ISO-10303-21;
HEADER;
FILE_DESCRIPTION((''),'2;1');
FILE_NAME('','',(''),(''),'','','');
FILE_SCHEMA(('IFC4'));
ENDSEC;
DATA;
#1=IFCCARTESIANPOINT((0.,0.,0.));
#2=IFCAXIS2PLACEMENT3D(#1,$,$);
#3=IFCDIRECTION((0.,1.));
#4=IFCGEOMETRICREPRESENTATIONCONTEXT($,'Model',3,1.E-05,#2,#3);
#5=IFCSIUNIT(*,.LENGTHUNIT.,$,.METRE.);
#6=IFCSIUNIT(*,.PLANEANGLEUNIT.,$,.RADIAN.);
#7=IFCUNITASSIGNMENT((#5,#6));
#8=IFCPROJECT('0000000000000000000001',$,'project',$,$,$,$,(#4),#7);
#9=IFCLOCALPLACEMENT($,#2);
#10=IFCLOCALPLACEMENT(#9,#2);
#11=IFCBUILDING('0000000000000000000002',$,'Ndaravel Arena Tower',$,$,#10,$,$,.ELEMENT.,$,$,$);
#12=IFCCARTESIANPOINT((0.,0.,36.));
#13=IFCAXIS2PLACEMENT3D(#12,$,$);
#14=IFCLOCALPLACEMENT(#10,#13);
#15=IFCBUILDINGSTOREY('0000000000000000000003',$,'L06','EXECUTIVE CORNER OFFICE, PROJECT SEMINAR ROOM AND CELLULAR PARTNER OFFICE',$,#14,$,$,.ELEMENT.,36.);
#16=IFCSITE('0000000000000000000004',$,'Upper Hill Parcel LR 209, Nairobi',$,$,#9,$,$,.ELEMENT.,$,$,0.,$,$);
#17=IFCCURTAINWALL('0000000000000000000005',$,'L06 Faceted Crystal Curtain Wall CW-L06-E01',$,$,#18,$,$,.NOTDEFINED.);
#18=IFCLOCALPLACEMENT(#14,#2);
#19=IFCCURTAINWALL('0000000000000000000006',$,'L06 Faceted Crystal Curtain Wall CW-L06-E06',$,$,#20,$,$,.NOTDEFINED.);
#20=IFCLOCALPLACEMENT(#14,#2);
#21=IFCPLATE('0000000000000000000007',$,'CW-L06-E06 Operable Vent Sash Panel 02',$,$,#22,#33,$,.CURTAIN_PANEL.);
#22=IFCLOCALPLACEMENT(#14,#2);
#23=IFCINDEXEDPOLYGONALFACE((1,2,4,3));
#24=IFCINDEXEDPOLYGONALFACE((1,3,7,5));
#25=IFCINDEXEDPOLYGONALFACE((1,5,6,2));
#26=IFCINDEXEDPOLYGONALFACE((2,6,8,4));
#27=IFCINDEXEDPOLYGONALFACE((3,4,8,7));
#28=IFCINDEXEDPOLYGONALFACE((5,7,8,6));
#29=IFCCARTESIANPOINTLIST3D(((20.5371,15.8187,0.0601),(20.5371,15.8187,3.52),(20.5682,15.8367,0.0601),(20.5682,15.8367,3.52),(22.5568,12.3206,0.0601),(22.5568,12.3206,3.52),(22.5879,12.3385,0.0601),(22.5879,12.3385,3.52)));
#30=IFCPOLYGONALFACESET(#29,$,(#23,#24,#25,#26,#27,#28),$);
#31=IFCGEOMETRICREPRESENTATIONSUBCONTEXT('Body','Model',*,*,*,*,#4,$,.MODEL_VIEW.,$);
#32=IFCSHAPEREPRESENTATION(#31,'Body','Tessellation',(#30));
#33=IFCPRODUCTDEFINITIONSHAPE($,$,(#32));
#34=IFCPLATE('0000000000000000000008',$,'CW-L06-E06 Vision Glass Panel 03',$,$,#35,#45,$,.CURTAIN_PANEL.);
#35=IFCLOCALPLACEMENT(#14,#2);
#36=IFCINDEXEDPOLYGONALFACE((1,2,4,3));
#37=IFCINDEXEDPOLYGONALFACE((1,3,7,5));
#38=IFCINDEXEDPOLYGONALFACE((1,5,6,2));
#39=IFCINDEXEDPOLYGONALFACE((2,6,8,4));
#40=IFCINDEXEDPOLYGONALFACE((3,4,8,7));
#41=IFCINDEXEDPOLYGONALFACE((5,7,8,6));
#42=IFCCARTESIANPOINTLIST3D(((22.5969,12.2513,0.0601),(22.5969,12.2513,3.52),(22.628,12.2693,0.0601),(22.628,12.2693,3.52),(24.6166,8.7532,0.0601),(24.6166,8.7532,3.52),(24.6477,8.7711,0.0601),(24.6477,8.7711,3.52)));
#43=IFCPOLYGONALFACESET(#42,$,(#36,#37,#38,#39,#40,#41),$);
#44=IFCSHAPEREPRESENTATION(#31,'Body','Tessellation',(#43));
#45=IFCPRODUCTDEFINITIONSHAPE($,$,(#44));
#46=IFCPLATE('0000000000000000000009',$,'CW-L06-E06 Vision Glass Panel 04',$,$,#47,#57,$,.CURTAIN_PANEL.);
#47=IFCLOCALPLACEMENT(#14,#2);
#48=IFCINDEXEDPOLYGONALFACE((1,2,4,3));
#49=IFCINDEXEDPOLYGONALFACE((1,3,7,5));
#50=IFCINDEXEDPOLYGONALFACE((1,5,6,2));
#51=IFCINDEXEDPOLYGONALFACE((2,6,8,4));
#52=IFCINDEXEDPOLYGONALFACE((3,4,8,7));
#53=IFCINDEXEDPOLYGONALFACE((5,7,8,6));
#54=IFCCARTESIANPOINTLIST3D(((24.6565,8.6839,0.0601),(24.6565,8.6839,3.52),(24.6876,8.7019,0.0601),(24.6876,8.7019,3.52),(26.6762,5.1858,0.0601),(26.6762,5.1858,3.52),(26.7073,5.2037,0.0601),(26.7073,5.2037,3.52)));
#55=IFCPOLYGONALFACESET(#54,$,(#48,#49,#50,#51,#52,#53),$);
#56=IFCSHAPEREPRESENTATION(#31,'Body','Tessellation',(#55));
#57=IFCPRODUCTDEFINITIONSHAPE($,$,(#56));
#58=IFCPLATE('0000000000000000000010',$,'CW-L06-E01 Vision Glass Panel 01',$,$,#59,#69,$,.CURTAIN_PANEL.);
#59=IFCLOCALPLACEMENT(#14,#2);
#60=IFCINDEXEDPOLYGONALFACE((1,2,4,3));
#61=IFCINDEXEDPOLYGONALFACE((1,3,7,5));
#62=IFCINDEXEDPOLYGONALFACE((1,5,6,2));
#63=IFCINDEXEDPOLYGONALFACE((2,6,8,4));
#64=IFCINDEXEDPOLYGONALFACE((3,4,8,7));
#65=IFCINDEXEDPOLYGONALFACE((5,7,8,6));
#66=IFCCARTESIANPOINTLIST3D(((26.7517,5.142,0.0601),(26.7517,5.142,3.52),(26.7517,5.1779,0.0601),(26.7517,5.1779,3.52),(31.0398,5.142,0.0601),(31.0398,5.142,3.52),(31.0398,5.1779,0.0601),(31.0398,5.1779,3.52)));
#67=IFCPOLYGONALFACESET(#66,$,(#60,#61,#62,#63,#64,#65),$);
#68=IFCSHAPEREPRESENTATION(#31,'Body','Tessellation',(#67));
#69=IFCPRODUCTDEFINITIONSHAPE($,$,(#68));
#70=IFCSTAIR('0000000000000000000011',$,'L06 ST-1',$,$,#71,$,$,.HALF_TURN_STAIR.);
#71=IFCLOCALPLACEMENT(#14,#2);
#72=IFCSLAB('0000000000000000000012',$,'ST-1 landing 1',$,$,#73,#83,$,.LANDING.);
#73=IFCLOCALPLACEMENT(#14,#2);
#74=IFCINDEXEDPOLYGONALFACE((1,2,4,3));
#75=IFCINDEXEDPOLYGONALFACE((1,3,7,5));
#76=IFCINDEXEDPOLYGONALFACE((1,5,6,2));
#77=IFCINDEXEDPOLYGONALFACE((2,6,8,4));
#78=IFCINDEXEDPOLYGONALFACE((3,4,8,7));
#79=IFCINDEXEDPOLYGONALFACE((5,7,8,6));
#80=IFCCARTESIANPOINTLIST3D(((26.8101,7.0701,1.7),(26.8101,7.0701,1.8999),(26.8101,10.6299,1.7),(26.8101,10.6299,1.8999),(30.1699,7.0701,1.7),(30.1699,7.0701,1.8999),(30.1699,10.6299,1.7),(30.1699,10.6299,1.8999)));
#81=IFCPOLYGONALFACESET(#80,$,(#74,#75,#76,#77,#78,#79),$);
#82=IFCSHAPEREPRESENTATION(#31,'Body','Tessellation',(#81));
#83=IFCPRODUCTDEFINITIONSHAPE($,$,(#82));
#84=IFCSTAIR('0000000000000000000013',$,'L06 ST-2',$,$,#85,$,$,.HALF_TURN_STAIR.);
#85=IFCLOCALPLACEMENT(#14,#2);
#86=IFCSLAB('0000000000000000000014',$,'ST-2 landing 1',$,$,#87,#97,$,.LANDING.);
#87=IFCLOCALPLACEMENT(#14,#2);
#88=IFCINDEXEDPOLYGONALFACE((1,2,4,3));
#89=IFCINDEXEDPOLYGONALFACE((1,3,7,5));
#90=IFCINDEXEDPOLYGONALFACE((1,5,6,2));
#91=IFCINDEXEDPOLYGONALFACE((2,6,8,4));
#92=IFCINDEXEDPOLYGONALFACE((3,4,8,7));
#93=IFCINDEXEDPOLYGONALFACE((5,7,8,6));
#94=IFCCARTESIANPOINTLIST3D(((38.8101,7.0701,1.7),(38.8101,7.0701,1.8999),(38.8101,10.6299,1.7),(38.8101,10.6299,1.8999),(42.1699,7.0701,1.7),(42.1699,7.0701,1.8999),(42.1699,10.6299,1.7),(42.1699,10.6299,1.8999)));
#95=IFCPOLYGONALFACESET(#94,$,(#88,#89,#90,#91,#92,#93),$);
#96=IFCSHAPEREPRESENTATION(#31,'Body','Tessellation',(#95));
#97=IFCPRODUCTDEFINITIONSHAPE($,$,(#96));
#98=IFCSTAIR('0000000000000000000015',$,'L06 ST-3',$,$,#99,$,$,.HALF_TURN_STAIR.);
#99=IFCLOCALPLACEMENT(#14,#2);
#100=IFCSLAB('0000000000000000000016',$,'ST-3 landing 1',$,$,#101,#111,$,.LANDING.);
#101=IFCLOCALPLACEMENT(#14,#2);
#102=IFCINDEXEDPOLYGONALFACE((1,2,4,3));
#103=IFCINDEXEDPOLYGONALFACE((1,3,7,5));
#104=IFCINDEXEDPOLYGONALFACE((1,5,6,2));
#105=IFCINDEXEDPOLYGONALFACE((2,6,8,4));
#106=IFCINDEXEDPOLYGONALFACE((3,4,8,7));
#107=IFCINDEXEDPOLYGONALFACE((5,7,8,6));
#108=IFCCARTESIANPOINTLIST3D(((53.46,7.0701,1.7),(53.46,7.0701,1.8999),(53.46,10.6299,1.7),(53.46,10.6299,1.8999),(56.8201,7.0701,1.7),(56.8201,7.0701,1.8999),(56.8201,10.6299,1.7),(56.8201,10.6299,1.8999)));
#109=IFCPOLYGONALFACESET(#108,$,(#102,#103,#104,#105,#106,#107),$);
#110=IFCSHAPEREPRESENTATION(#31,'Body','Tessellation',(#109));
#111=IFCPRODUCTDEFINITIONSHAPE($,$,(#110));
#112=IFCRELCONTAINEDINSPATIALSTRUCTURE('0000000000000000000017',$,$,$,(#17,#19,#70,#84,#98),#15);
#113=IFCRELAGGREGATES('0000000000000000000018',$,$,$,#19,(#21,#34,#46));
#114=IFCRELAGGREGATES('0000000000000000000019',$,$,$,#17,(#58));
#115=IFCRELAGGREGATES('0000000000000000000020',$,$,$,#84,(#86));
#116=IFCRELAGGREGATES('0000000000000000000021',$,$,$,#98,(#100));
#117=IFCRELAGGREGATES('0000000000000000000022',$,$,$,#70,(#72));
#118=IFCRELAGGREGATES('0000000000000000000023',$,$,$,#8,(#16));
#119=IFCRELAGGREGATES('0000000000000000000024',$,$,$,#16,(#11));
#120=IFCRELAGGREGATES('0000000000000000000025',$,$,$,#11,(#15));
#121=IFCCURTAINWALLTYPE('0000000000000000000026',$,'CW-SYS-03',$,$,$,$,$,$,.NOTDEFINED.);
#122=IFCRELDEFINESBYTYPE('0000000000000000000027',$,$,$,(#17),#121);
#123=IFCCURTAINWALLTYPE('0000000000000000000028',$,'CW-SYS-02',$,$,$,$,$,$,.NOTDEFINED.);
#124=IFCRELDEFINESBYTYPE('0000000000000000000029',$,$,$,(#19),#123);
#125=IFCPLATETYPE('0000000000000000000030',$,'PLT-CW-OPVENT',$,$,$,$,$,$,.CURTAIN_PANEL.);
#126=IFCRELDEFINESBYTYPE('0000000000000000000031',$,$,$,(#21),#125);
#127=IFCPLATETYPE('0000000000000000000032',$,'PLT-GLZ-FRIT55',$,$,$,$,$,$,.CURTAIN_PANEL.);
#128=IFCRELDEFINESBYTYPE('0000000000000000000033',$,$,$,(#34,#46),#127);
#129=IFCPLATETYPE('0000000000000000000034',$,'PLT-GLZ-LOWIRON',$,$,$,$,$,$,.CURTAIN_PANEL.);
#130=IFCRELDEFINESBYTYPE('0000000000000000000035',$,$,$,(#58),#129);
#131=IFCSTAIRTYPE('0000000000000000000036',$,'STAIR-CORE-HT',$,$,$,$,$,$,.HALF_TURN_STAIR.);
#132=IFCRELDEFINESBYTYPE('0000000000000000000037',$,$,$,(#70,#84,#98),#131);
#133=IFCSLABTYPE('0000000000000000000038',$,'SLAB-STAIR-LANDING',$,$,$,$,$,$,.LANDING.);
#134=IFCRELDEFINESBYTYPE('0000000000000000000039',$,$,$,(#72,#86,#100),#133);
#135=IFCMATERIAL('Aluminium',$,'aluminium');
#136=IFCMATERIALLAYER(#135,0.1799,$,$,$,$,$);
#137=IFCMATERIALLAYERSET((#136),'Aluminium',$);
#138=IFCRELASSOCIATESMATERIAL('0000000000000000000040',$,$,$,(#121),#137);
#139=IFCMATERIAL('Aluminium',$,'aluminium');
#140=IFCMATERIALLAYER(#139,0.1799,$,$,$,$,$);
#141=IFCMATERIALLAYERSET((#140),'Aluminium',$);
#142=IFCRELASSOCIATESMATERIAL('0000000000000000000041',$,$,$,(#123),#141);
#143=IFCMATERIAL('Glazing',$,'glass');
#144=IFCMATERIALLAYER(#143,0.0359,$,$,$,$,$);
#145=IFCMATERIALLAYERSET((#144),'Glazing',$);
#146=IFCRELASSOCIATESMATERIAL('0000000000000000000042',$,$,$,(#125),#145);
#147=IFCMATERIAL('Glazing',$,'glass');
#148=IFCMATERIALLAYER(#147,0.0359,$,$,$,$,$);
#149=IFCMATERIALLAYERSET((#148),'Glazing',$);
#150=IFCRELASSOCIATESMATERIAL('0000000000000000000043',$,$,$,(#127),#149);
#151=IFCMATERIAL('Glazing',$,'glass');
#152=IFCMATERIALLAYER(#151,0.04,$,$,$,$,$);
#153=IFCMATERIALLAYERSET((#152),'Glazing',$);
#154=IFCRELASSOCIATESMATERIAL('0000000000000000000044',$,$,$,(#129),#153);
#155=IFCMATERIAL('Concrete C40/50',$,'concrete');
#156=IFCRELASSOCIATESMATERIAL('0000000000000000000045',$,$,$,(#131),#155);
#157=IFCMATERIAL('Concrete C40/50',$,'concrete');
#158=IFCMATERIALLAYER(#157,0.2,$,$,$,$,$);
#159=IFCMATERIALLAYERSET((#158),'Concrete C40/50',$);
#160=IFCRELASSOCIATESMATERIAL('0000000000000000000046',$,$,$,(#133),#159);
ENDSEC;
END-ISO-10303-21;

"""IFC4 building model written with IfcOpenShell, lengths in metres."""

from ifc_helpers import new_model, si_unit, direction, frame, origin, origin_2d, place, context, subcontext, project, spatial, polyline, rectangle, outline, extrude, material, layer, layer_set, type_object, element, aggregate, save


model = new_model("IFC4")

# Units and contexts
model_context = context("Model", 3, precision=1e-05, world=origin(), true_north=direction((0.0, 1.0)))
body_context = subcontext(model_context, "Body", "Model", "MODEL_VIEW")
ifc_project = project(units=[si_unit("LENGTHUNIT", "METRE"), si_unit("PLANEANGLEUNIT", "RADIAN")], contexts=[model_context])

# Site, building, storey
site_placement = place(None, origin())
site = spatial("IfcSite", under=ifc_project, at=site_placement, Name="Upper Hill Parcel LR 209, Nairobi", CompositionType="ELEMENT", RefElevation=0.0)
building_placement = place(site_placement, origin())
building = spatial("IfcBuilding", under=site, at=building_placement, Name="Ndaravel Arena Tower", CompositionType="ELEMENT")
storey_placement = place(building_placement, frame((0.0, 0.0, 36.0)))
storey = spatial("IfcBuildingStorey", under=building, at=storey_placement, Name="L06", Description="EXECUTIVE CORNER OFFICE, PROJECT SEMINAR ROOM AND CELLULAR PARTNER OFFICE", CompositionType="ELEMENT", Elevation=36.0)

# Curtain wall
ifc_material_1 = material(Name="Aluminium", Category="aluminium")
ifc_layer_1 = layer(ifc_material_1, 0.1799)
ifc_layer_set_1 = layer_set([ifc_layer_1], Name="Aluminium")
curtain_wall_type_1 = type_object("IfcCurtainWallType", Name="CW-SYS-03", PredefinedType="NOTDEFINED", material=ifc_layer_set_1)
curtain_wall_1_placement = place(storey_placement, origin())
curtain_wall_1 = element("IfcCurtainWall", 1, at=curtain_wall_1_placement, inside=storey, type_object=curtain_wall_type_1, Name="L06 Faceted Crystal Curtain Wall CW-L06-E01", PredefinedType="NOTDEFINED")

# Curtain wall
ifc_material_2 = material(Name="Aluminium", Category="aluminium")
ifc_layer_2 = layer(ifc_material_2, 0.1799)
ifc_layer_set_2 = layer_set([ifc_layer_2], Name="Aluminium")
curtain_wall_type_2 = type_object("IfcCurtainWallType", Name="CW-SYS-02", PredefinedType="NOTDEFINED", material=ifc_layer_set_2)
curtain_wall_2_placement = place(storey_placement, origin())
curtain_wall_2 = element("IfcCurtainWall", 2, at=curtain_wall_2_placement, inside=storey, type_object=curtain_wall_type_2, Name="L06 Faceted Crystal Curtain Wall CW-L06-E06", PredefinedType="NOTDEFINED")

# Plates
ifc_material_3 = material(Name="Glazing", Category="glass")
ifc_layer_3 = layer(ifc_material_3, 0.0359)
ifc_layer_set_3 = layer_set([ifc_layer_3], Name="Glazing")
plate_type_1 = type_object("IfcPlateType", Name="PLT-CW-OPVENT", PredefinedType="CURTAIN_PANEL", material=ifc_layer_set_3)
plate_1_placement = place(storey_placement, frame((21.5625, 14.0786, 0.0601), z_axis=(0.0, 0.0, 1.0), x_axis=(0.5, -0.866025, 0.0)))
plate_1 = element("IfcPlate", 3, at=plate_1_placement, type_object=plate_type_1, Name="CW-L06-E06 Operable Vent Sash Panel 02", PredefinedType="CURTAIN_PANEL", context=body_context, shape_type="SweptSolid", body=[
    extrude(rectangle(XDim=4.0393, YDim=0.0359, at=origin_2d()), origin(), (0.0, 0.0, 1.0), 3.46),
])
ifc_material_4 = material(Name="Glazing", Category="glass")
ifc_layer_4 = layer(ifc_material_4, 0.0359)
ifc_layer_set_4 = layer_set([ifc_layer_4], Name="Glazing")
plate_type_2 = type_object("IfcPlateType", Name="PLT-GLZ-FRIT55", PredefinedType="CURTAIN_PANEL", material=ifc_layer_set_4)
plate_2_placement = place(storey_placement, frame((23.6223, 10.5112, 0.0601), z_axis=(0.0, 0.0, 1.0), x_axis=(0.5, -0.866025, 0.0)))
plate_2 = element("IfcPlate", 4, at=plate_2_placement, type_object=plate_type_2, Name="CW-L06-E06 Vision Glass Panel 03", PredefinedType="CURTAIN_PANEL", context=body_context, shape_type="SweptSolid", body=[
    extrude(rectangle(XDim=4.0393, YDim=0.0359, at=origin_2d()), origin(), (0.0, 0.0, 1.0), 3.46),
])
plate_3_placement = place(storey_placement, frame((25.6819, 6.9438, 0.0601), z_axis=(0.0, 0.0, 1.0), x_axis=(0.5, -0.866025, 0.0)))
plate_3 = element("IfcPlate", 5, at=plate_3_placement, type_object=plate_type_2, Name="CW-L06-E06 Vision Glass Panel 04", PredefinedType="CURTAIN_PANEL", context=body_context, shape_type="SweptSolid", body=[
    extrude(rectangle(XDim=4.0393, YDim=0.0359, at=origin_2d()), origin(), (0.0, 0.0, 1.0), 3.46),
])
aggregate(curtain_wall_2, [plate_1, plate_2, plate_3])
ifc_material_5 = material(Name="Glazing", Category="glass")
ifc_layer_5 = layer(ifc_material_5, 0.04)
ifc_layer_set_5 = layer_set([ifc_layer_5], Name="Glazing")
plate_type_3 = type_object("IfcPlateType", Name="PLT-GLZ-LOWIRON", PredefinedType="CURTAIN_PANEL", material=ifc_layer_set_5)
plate_4_placement = place(storey_placement, frame((28.8958, 5.1599, 0.0601), z_axis=(0.0, 0.0, 1.0), x_axis=(1.0, 0.0, 0.0)))
plate_4 = element("IfcPlate", 6, at=plate_4_placement, type_object=plate_type_3, Name="CW-L06-E01 Vision Glass Panel 01", PredefinedType="CURTAIN_PANEL", context=body_context, shape_type="SweptSolid", body=[
    extrude(rectangle(XDim=4.2881, YDim=0.0359, at=origin_2d()), origin(), (0.0, 0.0, 1.0), 3.46),
])
aggregate(curtain_wall_1, [plate_4])

# Stairs, slabs
ifc_material_6 = material(Name="Concrete C40/50", Category="concrete")
stair_type = type_object("IfcStairType", Name="STAIR-CORE-HT", PredefinedType="HALF_TURN_STAIR", material=ifc_material_6)
stair_1_placement = place(storey_placement, origin())
stair_1 = element("IfcStair", 7, at=stair_1_placement, inside=storey, type_object=stair_type, Name="L06 ST-1", PredefinedType="HALF_TURN_STAIR")
ifc_material_7 = material(Name="Concrete C40/50", Category="concrete")
ifc_layer_6 = layer(ifc_material_7, 0.2)
ifc_layer_set_6 = layer_set([ifc_layer_6], Name="Concrete C40/50")
slab_type_1 = type_object("IfcSlabType", Name="SLAB-STAIR-LANDING", PredefinedType="LANDING", material=ifc_layer_set_6)
slab_1_placement = place(storey_placement, frame((0.0, 0.0, 1.7)))
slab_1 = element("IfcSlab", 8, at=slab_1_placement, type_object=slab_type_1, Name="ST-1 landing 1", PredefinedType="LANDING", context=body_context, shape_type="SweptSolid", body=[
    extrude(outline(polyline([(26.8101, 10.6299), (26.8101, 7.0701), (30.1699, 7.0701), (30.1699, 10.6299), (26.8101, 10.6299)])), origin(), (0.0, 0.0, 1.0), 0.2),
])
stair_2_placement = place(storey_placement, origin())
stair_2 = element("IfcStair", 9, at=stair_2_placement, inside=storey, type_object=stair_type, Name="L06 ST-2", PredefinedType="HALF_TURN_STAIR")
slab_2_placement = place(storey_placement, frame((0.0, 0.0, 1.7)))
slab_2 = element("IfcSlab", 10, at=slab_2_placement, type_object=slab_type_1, Name="ST-2 landing 1", PredefinedType="LANDING", context=body_context, shape_type="SweptSolid", body=[
    extrude(outline(polyline([(38.8101, 10.6299), (38.8101, 7.0701), (42.1699, 7.0701), (42.1699, 10.6299), (38.8101, 10.6299)])), origin(), (0.0, 0.0, 1.0), 0.2),
])
aggregate(stair_2, [slab_2])
stair_3_placement = place(storey_placement, origin())
stair_3 = element("IfcStair", 11, at=stair_3_placement, inside=storey, type_object=stair_type, Name="L06 ST-3", PredefinedType="HALF_TURN_STAIR")
slab_3_placement = place(storey_placement, frame((0.0, 0.0, 1.7)))
slab_3 = element("IfcSlab", 12, at=slab_3_placement, type_object=slab_type_1, Name="ST-3 landing 1", PredefinedType="LANDING", context=body_context, shape_type="SweptSolid", body=[
    extrude(outline(polyline([(53.46, 10.6299), (53.46, 7.0701), (56.8201, 7.0701), (56.8201, 10.6299), (53.46, 10.6299)])), origin(), (0.0, 0.0, 1.0), 0.2),
])
aggregate(stair_3, [slab_3])

aggregate(stair_1, [slab_1])

save(model, "model.ifc")
